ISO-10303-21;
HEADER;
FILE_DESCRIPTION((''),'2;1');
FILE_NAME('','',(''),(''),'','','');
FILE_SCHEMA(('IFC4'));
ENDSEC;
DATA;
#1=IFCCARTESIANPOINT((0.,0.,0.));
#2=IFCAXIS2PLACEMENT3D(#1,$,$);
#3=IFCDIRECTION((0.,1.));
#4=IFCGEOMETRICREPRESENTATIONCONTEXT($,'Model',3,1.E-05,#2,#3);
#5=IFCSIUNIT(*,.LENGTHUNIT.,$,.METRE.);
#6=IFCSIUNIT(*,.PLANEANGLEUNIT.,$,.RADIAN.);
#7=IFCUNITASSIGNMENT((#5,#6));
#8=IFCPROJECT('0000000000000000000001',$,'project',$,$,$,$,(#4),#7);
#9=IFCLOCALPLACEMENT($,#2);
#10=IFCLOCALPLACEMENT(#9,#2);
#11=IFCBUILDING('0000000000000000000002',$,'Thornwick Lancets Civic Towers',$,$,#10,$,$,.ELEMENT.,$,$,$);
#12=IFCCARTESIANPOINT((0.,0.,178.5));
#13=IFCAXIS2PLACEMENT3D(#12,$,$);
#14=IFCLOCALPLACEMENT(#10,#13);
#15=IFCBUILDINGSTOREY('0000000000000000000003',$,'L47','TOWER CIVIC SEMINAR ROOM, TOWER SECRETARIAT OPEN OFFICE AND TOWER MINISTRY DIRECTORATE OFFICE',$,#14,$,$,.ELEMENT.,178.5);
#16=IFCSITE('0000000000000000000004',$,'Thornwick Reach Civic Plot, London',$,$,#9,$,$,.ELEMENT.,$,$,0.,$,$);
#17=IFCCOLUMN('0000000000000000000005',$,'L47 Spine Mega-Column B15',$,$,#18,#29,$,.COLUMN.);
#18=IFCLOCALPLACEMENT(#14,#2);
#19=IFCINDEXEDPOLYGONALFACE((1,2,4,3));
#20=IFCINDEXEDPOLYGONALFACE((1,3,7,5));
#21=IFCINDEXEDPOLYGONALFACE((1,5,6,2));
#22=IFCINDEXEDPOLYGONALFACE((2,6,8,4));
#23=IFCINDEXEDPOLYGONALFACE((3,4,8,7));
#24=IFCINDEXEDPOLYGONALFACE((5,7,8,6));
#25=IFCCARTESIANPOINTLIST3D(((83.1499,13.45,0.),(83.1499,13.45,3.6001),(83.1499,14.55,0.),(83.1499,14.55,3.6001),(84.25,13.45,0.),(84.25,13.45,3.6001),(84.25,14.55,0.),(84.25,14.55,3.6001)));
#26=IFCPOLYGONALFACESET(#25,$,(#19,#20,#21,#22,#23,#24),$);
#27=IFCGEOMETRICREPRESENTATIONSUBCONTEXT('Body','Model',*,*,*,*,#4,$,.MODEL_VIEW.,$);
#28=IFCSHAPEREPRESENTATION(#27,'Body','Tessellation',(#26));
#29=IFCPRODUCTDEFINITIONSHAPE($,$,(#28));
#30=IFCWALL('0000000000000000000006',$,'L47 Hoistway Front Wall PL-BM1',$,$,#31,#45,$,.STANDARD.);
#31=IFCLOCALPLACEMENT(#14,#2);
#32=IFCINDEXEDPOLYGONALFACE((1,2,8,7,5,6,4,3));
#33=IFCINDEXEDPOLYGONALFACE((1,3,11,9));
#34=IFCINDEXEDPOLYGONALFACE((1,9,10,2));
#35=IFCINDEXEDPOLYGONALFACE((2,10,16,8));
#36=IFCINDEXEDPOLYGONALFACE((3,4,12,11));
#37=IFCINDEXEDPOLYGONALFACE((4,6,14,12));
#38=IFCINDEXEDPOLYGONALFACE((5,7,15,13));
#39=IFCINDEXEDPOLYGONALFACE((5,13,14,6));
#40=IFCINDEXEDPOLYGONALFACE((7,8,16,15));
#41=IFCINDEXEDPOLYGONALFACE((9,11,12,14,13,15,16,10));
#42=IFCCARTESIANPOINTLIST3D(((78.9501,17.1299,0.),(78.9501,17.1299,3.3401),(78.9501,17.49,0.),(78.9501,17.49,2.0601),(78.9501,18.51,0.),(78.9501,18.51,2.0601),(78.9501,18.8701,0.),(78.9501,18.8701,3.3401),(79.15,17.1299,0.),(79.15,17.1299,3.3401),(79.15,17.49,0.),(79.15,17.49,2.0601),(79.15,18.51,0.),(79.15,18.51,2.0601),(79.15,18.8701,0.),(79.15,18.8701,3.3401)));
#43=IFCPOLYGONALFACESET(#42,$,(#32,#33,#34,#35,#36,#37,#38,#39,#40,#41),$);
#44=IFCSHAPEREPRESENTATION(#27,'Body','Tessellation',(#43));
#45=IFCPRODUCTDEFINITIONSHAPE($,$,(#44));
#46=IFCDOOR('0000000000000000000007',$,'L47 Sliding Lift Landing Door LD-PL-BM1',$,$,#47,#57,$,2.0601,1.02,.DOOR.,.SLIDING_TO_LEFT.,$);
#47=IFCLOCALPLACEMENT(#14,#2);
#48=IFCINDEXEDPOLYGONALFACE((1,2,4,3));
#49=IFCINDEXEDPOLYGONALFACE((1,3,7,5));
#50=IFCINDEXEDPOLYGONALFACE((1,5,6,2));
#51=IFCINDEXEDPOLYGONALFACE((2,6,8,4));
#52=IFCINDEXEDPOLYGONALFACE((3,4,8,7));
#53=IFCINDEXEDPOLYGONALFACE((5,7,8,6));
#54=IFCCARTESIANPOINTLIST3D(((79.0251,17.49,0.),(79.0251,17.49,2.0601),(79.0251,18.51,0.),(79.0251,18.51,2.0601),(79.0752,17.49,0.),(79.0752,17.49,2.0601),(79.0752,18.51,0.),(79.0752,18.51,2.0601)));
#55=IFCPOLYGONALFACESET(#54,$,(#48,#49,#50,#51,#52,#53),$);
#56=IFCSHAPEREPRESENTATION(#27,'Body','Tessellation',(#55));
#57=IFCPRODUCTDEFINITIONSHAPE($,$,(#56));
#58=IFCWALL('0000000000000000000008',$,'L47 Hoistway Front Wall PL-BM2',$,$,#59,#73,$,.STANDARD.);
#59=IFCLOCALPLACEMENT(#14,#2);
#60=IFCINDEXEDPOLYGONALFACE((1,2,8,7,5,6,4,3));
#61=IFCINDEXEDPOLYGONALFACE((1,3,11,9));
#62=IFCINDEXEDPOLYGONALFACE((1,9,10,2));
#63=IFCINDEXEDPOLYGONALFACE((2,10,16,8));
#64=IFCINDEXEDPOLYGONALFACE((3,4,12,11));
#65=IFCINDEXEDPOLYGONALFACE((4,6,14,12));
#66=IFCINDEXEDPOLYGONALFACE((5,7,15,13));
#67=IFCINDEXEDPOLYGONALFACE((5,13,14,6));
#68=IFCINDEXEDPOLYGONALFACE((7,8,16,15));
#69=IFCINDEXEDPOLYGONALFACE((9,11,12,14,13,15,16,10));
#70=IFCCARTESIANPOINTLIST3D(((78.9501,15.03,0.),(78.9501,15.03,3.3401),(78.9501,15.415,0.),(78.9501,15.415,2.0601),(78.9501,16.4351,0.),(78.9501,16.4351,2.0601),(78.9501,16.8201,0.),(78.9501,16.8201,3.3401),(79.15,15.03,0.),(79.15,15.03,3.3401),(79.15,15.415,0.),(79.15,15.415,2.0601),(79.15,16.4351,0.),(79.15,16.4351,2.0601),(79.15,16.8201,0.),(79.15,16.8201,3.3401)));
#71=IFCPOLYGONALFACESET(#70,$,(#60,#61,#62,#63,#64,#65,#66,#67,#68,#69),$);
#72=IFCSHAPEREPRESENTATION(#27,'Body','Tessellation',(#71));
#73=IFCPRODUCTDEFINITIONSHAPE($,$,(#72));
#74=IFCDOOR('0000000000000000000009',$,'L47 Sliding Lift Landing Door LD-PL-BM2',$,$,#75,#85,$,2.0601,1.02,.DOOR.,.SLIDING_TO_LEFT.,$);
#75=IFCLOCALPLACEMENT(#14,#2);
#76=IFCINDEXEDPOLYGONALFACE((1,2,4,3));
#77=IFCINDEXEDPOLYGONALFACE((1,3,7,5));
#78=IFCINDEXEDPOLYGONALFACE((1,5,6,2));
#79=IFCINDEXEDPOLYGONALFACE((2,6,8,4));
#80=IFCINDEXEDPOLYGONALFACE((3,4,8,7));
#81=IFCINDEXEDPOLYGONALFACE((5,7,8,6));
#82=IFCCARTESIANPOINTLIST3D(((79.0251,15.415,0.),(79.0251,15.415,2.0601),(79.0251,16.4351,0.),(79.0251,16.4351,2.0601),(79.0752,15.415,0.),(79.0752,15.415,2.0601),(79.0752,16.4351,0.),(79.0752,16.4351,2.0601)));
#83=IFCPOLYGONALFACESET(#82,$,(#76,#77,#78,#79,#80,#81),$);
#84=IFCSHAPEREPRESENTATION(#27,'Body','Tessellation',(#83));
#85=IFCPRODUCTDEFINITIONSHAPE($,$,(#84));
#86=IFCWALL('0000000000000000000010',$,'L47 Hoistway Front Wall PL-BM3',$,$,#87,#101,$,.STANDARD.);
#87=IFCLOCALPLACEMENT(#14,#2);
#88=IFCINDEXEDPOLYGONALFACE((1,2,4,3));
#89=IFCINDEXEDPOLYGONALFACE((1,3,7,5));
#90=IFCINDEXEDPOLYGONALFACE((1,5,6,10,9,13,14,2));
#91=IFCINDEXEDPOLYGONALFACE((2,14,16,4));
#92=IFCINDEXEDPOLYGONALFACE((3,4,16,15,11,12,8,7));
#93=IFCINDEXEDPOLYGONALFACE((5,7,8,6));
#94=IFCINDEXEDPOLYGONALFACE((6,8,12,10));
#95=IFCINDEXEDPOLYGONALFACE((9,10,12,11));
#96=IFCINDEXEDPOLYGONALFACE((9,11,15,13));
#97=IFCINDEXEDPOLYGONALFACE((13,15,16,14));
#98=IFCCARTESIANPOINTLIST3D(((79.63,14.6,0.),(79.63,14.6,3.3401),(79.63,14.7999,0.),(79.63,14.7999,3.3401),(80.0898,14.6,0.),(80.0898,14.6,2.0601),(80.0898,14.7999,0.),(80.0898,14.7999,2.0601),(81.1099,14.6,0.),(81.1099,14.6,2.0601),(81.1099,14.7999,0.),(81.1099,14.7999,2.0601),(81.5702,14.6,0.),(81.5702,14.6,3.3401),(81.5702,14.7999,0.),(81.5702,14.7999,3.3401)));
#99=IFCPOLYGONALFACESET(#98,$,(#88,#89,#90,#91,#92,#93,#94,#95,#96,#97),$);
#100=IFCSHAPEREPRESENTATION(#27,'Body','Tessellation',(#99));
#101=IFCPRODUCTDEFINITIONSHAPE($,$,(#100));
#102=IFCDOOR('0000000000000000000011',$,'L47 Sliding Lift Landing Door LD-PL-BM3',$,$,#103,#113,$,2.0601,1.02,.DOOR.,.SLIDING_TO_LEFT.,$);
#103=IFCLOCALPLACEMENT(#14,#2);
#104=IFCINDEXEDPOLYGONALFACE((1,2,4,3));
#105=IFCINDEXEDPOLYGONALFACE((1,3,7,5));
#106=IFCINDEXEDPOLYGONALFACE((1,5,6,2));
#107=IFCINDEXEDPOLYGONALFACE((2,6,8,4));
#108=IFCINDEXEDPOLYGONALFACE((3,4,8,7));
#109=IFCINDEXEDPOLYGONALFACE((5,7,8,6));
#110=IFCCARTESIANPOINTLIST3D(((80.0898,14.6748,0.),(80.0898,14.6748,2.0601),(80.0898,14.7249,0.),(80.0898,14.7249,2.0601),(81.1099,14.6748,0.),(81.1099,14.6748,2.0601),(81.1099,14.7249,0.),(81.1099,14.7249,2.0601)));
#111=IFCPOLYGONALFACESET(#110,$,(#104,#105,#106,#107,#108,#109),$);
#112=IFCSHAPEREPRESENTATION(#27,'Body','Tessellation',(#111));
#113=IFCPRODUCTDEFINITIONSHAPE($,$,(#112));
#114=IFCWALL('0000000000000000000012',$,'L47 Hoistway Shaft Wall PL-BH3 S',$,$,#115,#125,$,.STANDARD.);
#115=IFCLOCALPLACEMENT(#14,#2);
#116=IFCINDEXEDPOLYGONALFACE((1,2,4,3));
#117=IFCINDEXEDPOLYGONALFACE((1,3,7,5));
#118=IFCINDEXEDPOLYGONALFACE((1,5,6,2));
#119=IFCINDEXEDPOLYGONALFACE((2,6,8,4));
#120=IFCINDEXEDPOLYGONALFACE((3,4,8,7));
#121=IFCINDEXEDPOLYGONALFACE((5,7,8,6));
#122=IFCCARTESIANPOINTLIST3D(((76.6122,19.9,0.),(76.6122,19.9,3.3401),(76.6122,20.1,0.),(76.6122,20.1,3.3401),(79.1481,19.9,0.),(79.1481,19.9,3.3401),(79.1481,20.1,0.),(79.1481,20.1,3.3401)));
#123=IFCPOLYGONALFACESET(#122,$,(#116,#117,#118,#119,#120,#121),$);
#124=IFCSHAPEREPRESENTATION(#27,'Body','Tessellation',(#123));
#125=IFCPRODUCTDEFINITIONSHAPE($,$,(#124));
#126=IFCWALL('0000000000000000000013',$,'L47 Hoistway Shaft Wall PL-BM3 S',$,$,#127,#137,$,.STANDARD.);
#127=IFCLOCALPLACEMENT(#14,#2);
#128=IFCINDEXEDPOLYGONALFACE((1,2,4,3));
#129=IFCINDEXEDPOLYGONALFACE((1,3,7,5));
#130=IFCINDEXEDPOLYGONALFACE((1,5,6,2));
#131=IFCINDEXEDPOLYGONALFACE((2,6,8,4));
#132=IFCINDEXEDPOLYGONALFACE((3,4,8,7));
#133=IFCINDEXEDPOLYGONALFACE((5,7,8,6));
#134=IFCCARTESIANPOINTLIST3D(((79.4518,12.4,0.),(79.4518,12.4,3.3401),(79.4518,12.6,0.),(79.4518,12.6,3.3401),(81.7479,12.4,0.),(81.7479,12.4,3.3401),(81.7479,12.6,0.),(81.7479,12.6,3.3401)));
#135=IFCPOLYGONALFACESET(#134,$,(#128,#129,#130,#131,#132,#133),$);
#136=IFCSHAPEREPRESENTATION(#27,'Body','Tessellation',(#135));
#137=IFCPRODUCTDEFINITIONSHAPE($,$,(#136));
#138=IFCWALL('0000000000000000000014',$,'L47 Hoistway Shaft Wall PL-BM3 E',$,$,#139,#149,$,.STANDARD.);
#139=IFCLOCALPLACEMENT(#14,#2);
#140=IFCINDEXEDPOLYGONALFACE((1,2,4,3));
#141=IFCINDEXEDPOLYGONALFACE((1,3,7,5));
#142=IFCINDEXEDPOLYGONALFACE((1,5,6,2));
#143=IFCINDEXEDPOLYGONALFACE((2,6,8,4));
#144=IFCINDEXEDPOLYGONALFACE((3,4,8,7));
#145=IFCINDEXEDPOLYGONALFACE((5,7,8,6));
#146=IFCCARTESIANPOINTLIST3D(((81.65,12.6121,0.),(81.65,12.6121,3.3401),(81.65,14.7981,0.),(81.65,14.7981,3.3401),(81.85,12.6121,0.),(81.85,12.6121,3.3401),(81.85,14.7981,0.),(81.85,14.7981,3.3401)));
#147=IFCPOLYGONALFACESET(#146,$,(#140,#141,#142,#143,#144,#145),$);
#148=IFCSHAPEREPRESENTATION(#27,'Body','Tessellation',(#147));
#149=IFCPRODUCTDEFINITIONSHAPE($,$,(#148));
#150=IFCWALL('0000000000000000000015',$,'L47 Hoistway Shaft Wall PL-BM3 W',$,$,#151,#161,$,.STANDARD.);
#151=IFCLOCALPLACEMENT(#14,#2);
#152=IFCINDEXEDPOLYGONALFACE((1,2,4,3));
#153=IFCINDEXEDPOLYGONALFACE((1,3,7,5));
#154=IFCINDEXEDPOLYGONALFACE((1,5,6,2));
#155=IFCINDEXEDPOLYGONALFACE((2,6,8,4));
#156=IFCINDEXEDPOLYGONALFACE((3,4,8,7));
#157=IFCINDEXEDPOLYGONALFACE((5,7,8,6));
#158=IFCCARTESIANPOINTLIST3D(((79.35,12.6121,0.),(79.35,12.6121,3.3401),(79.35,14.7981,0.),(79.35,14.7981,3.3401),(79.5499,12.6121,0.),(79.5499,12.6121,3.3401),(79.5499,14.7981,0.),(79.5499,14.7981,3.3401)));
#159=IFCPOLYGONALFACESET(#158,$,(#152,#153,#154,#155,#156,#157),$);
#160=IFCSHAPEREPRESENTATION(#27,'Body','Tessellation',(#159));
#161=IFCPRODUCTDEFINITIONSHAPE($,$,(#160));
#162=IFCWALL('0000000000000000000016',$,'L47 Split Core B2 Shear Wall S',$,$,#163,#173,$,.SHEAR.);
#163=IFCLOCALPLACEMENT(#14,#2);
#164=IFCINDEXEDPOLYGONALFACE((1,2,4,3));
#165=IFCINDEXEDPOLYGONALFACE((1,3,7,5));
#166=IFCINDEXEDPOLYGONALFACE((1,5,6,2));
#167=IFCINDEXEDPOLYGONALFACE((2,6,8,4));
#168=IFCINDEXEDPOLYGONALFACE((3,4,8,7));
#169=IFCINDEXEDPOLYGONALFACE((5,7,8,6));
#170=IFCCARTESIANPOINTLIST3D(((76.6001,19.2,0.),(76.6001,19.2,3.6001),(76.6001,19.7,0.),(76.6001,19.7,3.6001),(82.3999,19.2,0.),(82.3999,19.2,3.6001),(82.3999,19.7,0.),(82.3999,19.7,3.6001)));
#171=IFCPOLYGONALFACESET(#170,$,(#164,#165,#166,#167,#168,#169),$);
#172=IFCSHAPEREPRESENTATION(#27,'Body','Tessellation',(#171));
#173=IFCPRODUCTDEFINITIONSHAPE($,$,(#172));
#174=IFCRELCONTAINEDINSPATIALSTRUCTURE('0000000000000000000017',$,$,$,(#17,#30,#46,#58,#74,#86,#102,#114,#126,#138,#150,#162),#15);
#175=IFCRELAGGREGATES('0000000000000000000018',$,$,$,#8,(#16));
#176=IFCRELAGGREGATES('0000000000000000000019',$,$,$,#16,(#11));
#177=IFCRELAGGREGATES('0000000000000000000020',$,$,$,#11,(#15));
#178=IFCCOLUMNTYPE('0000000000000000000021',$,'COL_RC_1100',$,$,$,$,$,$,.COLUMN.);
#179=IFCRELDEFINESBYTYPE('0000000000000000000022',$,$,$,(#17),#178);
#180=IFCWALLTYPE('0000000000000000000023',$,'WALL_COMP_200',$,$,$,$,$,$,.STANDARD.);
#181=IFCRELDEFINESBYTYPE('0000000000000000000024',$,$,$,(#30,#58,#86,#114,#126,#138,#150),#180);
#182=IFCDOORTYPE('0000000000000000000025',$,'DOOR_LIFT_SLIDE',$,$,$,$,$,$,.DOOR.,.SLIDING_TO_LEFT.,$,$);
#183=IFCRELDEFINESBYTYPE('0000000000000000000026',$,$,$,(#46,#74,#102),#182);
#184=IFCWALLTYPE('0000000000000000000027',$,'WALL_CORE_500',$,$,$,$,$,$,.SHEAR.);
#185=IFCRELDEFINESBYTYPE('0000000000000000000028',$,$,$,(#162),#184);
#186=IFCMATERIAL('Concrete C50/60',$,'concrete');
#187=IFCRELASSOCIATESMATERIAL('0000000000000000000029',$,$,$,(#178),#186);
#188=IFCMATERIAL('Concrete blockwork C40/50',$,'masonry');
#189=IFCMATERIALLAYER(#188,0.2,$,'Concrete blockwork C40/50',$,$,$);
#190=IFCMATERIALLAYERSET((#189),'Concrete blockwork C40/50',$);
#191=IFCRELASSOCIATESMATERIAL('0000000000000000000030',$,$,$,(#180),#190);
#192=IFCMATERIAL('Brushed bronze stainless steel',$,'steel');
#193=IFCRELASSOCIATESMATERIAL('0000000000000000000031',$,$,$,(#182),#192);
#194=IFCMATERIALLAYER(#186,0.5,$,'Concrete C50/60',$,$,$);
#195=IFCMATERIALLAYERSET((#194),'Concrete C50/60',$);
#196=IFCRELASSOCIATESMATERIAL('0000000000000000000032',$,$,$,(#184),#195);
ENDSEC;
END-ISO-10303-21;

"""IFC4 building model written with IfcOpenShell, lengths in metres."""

from ifc_helpers import new_model, si_unit, direction, frame, frame_2d, origin, origin_2d, place, context, subcontext, project, spatial, rectangle, extrude, material, layer, layer_set, material_profile, profile_set, type_object, element, fill, save


model = new_model("IFC4")

# Units and contexts
model_context = context("Model", 3, precision=1e-05, world=origin(), true_north=direction((0.0, 1.0)))
body_context = subcontext(model_context, "Body", "Model", "MODEL_VIEW")
ifc_project = project(units=[si_unit("LENGTHUNIT", "METRE"), si_unit("PLANEANGLEUNIT", "RADIAN")], contexts=[model_context])

# Site, building, storey
site_placement = place(None, origin())
site = spatial("IfcSite", under=ifc_project, at=site_placement, Name="Thornwick Reach Civic Plot, London", CompositionType="ELEMENT", RefElevation=0.0)
building_placement = place(site_placement, origin())
building = spatial("IfcBuilding", under=site, at=building_placement, Name="Thornwick Lancets Civic Towers", CompositionType="ELEMENT")
storey_placement = place(building_placement, frame((0.0, 0.0, 178.5)))
storey = spatial("IfcBuildingStorey", under=building, at=storey_placement, Name="L47", Description="TOWER CIVIC SEMINAR ROOM, TOWER SECRETARIAT OPEN OFFICE AND TOWER MINISTRY DIRECTORATE OFFICE", CompositionType="ELEMENT", Elevation=178.5)

# Column
ifc_material_1 = material(Name="Concrete C50/60", Category="concrete")
ifc_material_profile = material_profile(ifc_material_1, rectangle(XDim=1.1001, YDim=1.1001, at=origin_2d()), Name="RC 1100x1100")
ifc_profile_set = profile_set([ifc_material_profile], Name="Concrete C50/60")
column_type = type_object("IfcColumnType", Name="COL_RC_1100", PredefinedType="COLUMN", material=ifc_profile_set)
column_placement = place(storey_placement, frame((83.7, 14.0, 0.0), z_axis=(0.0, 0.0, 1.0), x_axis=(1.0, 0.0, 0.0)))
element("IfcColumn", 1, at=column_placement, inside=storey, type_object=column_type, Name="L47 Spine Mega-Column B15", PredefinedType="COLUMN", context=body_context, shape_type="SweptSolid", body=[
    extrude(rectangle(XDim=1.1001, YDim=1.1001, at=origin_2d()), origin(), (0.0, 0.0, 1.0), 3.6001),
])

# Walls, openings, doors
ifc_material_2 = material(Name="Concrete blockwork C40/50", Category="masonry")
ifc_layer_1 = layer(ifc_material_2, 0.2, Name="Concrete blockwork C40/50")
ifc_layer_set_1 = layer_set([ifc_layer_1], Name="Concrete blockwork C40/50")
wall_type_1 = type_object("IfcWallType", Name="WALL_COMP_200", PredefinedType="STANDARD", material=ifc_layer_set_1)
wall_1_placement = place(storey_placement, frame((79.05, 17.1299, 0.0), z_axis=(0.0, 0.0, 1.0), x_axis=(0.0, 1.0, 0.0)))
wall_1 = element("IfcWall", 2, at=wall_1_placement, inside=storey, type_object=wall_type_1, Name="L47 Hoistway Front Wall PL-BM1", PredefinedType="STANDARD", context=body_context, shape_type="SweptSolid", body=[
    extrude(rectangle(XDim=1.7402, YDim=0.2, at=frame_2d((0.8701, 0.0))), origin(), (0.0, 0.0, 1.0), 3.3401),
])
opening_1_placement = place(wall_1_placement, frame((0.3601, 0.0, 0.0)))
opening_1 = element("IfcOpeningElement", 3, at=opening_1_placement, cuts=wall_1, PredefinedType="OPENING", context=body_context, shape_type="SweptSolid", body=[
    extrude(rectangle(XDim=1.02, YDim=2.0601, at=frame_2d((0.51, 1.03))), frame((0.0, 0.1099, 0.0), z_axis=(0.0, -1.0, 0.0), x_axis=(1.0, 0.0, 0.0)), (0.0, 0.0, 1.0), 0.22),
])
ifc_material_3 = material(Name="Brushed bronze stainless steel", Category="steel")
door_type_1 = type_object("IfcDoorType", Name="DOOR_LIFT_SLIDE", OperationType="SLIDING_TO_LEFT", PredefinedType="DOOR", material=ifc_material_3)
door_1_placement = place(opening_1_placement, origin())
door_1 = element("IfcDoor", 4, at=door_1_placement, inside=storey, type_object=door_type_1, Name="L47 Sliding Lift Landing Door LD-PL-BM1", OperationType="SLIDING_TO_LEFT", OverallHeight=2.0601, OverallWidth=1.02, PredefinedType="DOOR", context=body_context, shape_type="SweptSolid", body=[
    extrude(rectangle(XDim=1.02, YDim=2.0601, at=frame_2d((0.51, 1.03))), frame((0.0, 0.0249, 0.0), z_axis=(0.0, -1.0, 0.0), x_axis=(1.0, 0.0, 0.0)), (0.0, 0.0, 1.0), 0.05),
])
fill(opening_1, door_1)
wall_2_placement = place(storey_placement, frame((79.05, 15.03, 0.0), z_axis=(0.0, 0.0, 1.0), x_axis=(0.0, 1.0, 0.0)))
wall_2 = element("IfcWall", 5, at=wall_2_placement, inside=storey, type_object=wall_type_1, Name="L47 Hoistway Front Wall PL-BM2", PredefinedType="STANDARD", context=body_context, shape_type="SweptSolid", body=[
    extrude(rectangle(XDim=1.79, YDim=0.2, at=frame_2d((0.895, 0.0))), origin(), (0.0, 0.0, 1.0), 3.3401),
])
opening_2_placement = place(wall_2_placement, frame((0.385, 0.0, 0.0)))
opening_2 = element("IfcOpeningElement", 6, at=opening_2_placement, cuts=wall_2, PredefinedType="OPENING", context=body_context, shape_type="SweptSolid", body=[
    extrude(rectangle(XDim=1.02, YDim=2.0601, at=frame_2d((0.51, 1.03))), frame((0.0, 0.1099, 0.0), z_axis=(0.0, -1.0, 0.0), x_axis=(1.0, 0.0, 0.0)), (0.0, 0.0, 1.0), 0.22),
])
door_2_placement = place(opening_2_placement, origin())
door_2 = element("IfcDoor", 7, at=door_2_placement, inside=storey, type_object=door_type_1, Name="L47 Sliding Lift Landing Door LD-PL-BM2", OperationType="SLIDING_TO_LEFT", OverallHeight=2.0601, OverallWidth=1.02, PredefinedType="DOOR", context=body_context, shape_type="SweptSolid", body=[
    extrude(rectangle(XDim=1.02, YDim=2.0601, at=frame_2d((0.51, 1.03))), frame((0.0, 0.0249, 0.0), z_axis=(0.0, -1.0, 0.0), x_axis=(1.0, 0.0, 0.0)), (0.0, 0.0, 1.0), 0.05),
])
fill(opening_2, door_2)
wall_3_placement = place(storey_placement, frame((79.6299, 14.7, 0.0), z_axis=(0.0, 0.0, 1.0), x_axis=(1.0, 0.0, 0.0)))
wall_3 = element("IfcWall", 8, at=wall_3_placement, inside=storey, type_object=wall_type_1, Name="L47 Hoistway Front Wall PL-BM3", PredefinedType="STANDARD", context=body_context, shape_type="SweptSolid", body=[
    extrude(rectangle(XDim=1.9402, YDim=0.2, at=frame_2d((0.9702, 0.0))), origin(), (0.0, 0.0, 1.0), 3.3401),
])
opening_3_placement = place(wall_3_placement, frame((0.46, 0.0, 0.0)))
opening_3 = element("IfcOpeningElement", 9, at=opening_3_placement, cuts=wall_3, PredefinedType="OPENING", context=body_context, shape_type="SweptSolid", body=[
    extrude(rectangle(XDim=1.02, YDim=2.0601, at=frame_2d((0.51, 1.03))), frame((0.0, 0.1099, 0.0), z_axis=(0.0, -1.0, 0.0), x_axis=(1.0, 0.0, 0.0)), (0.0, 0.0, 1.0), 0.22),
])
door_3_placement = place(opening_3_placement, origin())
door_3 = element("IfcDoor", 10, at=door_3_placement, inside=storey, type_object=door_type_1, Name="L47 Sliding Lift Landing Door LD-PL-BM3", OperationType="SLIDING_TO_LEFT", OverallHeight=2.0601, OverallWidth=1.02, PredefinedType="DOOR", context=body_context, shape_type="SweptSolid", body=[
    extrude(rectangle(XDim=1.02, YDim=2.0601, at=frame_2d((0.51, 1.03))), frame((0.0, 0.0249, 0.0), z_axis=(0.0, -1.0, 0.0), x_axis=(1.0, 0.0, 0.0)), (0.0, 0.0, 1.0), 0.05),
])
fill(opening_3, door_3)

# Walls
wall_4_placement = place(storey_placement, frame((76.6121, 20.0, 0.0), z_axis=(0.0, 0.0, 1.0), x_axis=(1.0, 0.0, 0.0)))
element("IfcWall", 11, at=wall_4_placement, inside=storey, type_object=wall_type_1, Name="L47 Hoistway Shaft Wall PL-BH3 S", PredefinedType="STANDARD", context=body_context, shape_type="SweptSolid", body=[
    extrude(rectangle(XDim=2.5359, YDim=0.2, at=frame_2d((1.2681, 0.0))), origin(), (0.0, 0.0, 1.0), 3.3401),
])
wall_5_placement = place(storey_placement, frame((79.4519, 12.5, 0.0), z_axis=(0.0, 0.0, 1.0), x_axis=(1.0, 0.0, 0.0)))
element("IfcWall", 12, at=wall_5_placement, inside=storey, type_object=wall_type_1, Name="L47 Hoistway Shaft Wall PL-BM3 S", PredefinedType="STANDARD", context=body_context, shape_type="SweptSolid", body=[
    extrude(rectangle(XDim=2.2961, YDim=0.2, at=frame_2d((1.1479, 0.0))), origin(), (0.0, 0.0, 1.0), 3.3401),
])
for number, where, z_axis, x_axis, name in (
    (13, (81.75, 12.6121, 0.0), (0.0, 0.0, 1.0), (0.0, 1.0, 0.0), "L47 Hoistway Shaft Wall PL-BM3 E"),
    (14, (79.45, 12.6121, 0.0), (0.0, 0.0, 1.0), (0.0, 1.0, 0.0), "L47 Hoistway Shaft Wall PL-BM3 W"),
):
    element("IfcWall", number, at=place(storey_placement, frame(where, z_axis=z_axis, x_axis=x_axis)), inside=storey, type_object=wall_type_1, Name=name, PredefinedType="STANDARD", context=body_context, shape_type="SweptSolid", body=[
        extrude(rectangle(XDim=2.186, YDim=0.2, at=frame_2d((1.093, 0.0))), origin(), (0.0, 0.0, 1.0), 3.3401),
    ])
ifc_layer_2 = layer(ifc_material_1, 0.5, Name="Concrete C50/60")
ifc_layer_set_2 = layer_set([ifc_layer_2], Name="Concrete C50/60")
wall_type_2 = type_object("IfcWallType", Name="WALL_CORE_500", PredefinedType="SHEAR", material=ifc_layer_set_2)
wall_6_placement = place(storey_placement, frame((76.6001, 19.45, 0.0), z_axis=(0.0, 0.0, 1.0), x_axis=(1.0, 0.0, 0.0)))
element("IfcWall", 15, at=wall_6_placement, inside=storey, type_object=wall_type_2, Name="L47 Split Core B2 Shear Wall S", PredefinedType="SHEAR", context=body_context, shape_type="SweptSolid", body=[
    extrude(rectangle(XDim=5.7998, YDim=0.5, at=frame_2d((2.8999, 0.0))), origin(), (0.0, 0.0, 1.0), 3.6001),
])

save(model, "model.ifc")
